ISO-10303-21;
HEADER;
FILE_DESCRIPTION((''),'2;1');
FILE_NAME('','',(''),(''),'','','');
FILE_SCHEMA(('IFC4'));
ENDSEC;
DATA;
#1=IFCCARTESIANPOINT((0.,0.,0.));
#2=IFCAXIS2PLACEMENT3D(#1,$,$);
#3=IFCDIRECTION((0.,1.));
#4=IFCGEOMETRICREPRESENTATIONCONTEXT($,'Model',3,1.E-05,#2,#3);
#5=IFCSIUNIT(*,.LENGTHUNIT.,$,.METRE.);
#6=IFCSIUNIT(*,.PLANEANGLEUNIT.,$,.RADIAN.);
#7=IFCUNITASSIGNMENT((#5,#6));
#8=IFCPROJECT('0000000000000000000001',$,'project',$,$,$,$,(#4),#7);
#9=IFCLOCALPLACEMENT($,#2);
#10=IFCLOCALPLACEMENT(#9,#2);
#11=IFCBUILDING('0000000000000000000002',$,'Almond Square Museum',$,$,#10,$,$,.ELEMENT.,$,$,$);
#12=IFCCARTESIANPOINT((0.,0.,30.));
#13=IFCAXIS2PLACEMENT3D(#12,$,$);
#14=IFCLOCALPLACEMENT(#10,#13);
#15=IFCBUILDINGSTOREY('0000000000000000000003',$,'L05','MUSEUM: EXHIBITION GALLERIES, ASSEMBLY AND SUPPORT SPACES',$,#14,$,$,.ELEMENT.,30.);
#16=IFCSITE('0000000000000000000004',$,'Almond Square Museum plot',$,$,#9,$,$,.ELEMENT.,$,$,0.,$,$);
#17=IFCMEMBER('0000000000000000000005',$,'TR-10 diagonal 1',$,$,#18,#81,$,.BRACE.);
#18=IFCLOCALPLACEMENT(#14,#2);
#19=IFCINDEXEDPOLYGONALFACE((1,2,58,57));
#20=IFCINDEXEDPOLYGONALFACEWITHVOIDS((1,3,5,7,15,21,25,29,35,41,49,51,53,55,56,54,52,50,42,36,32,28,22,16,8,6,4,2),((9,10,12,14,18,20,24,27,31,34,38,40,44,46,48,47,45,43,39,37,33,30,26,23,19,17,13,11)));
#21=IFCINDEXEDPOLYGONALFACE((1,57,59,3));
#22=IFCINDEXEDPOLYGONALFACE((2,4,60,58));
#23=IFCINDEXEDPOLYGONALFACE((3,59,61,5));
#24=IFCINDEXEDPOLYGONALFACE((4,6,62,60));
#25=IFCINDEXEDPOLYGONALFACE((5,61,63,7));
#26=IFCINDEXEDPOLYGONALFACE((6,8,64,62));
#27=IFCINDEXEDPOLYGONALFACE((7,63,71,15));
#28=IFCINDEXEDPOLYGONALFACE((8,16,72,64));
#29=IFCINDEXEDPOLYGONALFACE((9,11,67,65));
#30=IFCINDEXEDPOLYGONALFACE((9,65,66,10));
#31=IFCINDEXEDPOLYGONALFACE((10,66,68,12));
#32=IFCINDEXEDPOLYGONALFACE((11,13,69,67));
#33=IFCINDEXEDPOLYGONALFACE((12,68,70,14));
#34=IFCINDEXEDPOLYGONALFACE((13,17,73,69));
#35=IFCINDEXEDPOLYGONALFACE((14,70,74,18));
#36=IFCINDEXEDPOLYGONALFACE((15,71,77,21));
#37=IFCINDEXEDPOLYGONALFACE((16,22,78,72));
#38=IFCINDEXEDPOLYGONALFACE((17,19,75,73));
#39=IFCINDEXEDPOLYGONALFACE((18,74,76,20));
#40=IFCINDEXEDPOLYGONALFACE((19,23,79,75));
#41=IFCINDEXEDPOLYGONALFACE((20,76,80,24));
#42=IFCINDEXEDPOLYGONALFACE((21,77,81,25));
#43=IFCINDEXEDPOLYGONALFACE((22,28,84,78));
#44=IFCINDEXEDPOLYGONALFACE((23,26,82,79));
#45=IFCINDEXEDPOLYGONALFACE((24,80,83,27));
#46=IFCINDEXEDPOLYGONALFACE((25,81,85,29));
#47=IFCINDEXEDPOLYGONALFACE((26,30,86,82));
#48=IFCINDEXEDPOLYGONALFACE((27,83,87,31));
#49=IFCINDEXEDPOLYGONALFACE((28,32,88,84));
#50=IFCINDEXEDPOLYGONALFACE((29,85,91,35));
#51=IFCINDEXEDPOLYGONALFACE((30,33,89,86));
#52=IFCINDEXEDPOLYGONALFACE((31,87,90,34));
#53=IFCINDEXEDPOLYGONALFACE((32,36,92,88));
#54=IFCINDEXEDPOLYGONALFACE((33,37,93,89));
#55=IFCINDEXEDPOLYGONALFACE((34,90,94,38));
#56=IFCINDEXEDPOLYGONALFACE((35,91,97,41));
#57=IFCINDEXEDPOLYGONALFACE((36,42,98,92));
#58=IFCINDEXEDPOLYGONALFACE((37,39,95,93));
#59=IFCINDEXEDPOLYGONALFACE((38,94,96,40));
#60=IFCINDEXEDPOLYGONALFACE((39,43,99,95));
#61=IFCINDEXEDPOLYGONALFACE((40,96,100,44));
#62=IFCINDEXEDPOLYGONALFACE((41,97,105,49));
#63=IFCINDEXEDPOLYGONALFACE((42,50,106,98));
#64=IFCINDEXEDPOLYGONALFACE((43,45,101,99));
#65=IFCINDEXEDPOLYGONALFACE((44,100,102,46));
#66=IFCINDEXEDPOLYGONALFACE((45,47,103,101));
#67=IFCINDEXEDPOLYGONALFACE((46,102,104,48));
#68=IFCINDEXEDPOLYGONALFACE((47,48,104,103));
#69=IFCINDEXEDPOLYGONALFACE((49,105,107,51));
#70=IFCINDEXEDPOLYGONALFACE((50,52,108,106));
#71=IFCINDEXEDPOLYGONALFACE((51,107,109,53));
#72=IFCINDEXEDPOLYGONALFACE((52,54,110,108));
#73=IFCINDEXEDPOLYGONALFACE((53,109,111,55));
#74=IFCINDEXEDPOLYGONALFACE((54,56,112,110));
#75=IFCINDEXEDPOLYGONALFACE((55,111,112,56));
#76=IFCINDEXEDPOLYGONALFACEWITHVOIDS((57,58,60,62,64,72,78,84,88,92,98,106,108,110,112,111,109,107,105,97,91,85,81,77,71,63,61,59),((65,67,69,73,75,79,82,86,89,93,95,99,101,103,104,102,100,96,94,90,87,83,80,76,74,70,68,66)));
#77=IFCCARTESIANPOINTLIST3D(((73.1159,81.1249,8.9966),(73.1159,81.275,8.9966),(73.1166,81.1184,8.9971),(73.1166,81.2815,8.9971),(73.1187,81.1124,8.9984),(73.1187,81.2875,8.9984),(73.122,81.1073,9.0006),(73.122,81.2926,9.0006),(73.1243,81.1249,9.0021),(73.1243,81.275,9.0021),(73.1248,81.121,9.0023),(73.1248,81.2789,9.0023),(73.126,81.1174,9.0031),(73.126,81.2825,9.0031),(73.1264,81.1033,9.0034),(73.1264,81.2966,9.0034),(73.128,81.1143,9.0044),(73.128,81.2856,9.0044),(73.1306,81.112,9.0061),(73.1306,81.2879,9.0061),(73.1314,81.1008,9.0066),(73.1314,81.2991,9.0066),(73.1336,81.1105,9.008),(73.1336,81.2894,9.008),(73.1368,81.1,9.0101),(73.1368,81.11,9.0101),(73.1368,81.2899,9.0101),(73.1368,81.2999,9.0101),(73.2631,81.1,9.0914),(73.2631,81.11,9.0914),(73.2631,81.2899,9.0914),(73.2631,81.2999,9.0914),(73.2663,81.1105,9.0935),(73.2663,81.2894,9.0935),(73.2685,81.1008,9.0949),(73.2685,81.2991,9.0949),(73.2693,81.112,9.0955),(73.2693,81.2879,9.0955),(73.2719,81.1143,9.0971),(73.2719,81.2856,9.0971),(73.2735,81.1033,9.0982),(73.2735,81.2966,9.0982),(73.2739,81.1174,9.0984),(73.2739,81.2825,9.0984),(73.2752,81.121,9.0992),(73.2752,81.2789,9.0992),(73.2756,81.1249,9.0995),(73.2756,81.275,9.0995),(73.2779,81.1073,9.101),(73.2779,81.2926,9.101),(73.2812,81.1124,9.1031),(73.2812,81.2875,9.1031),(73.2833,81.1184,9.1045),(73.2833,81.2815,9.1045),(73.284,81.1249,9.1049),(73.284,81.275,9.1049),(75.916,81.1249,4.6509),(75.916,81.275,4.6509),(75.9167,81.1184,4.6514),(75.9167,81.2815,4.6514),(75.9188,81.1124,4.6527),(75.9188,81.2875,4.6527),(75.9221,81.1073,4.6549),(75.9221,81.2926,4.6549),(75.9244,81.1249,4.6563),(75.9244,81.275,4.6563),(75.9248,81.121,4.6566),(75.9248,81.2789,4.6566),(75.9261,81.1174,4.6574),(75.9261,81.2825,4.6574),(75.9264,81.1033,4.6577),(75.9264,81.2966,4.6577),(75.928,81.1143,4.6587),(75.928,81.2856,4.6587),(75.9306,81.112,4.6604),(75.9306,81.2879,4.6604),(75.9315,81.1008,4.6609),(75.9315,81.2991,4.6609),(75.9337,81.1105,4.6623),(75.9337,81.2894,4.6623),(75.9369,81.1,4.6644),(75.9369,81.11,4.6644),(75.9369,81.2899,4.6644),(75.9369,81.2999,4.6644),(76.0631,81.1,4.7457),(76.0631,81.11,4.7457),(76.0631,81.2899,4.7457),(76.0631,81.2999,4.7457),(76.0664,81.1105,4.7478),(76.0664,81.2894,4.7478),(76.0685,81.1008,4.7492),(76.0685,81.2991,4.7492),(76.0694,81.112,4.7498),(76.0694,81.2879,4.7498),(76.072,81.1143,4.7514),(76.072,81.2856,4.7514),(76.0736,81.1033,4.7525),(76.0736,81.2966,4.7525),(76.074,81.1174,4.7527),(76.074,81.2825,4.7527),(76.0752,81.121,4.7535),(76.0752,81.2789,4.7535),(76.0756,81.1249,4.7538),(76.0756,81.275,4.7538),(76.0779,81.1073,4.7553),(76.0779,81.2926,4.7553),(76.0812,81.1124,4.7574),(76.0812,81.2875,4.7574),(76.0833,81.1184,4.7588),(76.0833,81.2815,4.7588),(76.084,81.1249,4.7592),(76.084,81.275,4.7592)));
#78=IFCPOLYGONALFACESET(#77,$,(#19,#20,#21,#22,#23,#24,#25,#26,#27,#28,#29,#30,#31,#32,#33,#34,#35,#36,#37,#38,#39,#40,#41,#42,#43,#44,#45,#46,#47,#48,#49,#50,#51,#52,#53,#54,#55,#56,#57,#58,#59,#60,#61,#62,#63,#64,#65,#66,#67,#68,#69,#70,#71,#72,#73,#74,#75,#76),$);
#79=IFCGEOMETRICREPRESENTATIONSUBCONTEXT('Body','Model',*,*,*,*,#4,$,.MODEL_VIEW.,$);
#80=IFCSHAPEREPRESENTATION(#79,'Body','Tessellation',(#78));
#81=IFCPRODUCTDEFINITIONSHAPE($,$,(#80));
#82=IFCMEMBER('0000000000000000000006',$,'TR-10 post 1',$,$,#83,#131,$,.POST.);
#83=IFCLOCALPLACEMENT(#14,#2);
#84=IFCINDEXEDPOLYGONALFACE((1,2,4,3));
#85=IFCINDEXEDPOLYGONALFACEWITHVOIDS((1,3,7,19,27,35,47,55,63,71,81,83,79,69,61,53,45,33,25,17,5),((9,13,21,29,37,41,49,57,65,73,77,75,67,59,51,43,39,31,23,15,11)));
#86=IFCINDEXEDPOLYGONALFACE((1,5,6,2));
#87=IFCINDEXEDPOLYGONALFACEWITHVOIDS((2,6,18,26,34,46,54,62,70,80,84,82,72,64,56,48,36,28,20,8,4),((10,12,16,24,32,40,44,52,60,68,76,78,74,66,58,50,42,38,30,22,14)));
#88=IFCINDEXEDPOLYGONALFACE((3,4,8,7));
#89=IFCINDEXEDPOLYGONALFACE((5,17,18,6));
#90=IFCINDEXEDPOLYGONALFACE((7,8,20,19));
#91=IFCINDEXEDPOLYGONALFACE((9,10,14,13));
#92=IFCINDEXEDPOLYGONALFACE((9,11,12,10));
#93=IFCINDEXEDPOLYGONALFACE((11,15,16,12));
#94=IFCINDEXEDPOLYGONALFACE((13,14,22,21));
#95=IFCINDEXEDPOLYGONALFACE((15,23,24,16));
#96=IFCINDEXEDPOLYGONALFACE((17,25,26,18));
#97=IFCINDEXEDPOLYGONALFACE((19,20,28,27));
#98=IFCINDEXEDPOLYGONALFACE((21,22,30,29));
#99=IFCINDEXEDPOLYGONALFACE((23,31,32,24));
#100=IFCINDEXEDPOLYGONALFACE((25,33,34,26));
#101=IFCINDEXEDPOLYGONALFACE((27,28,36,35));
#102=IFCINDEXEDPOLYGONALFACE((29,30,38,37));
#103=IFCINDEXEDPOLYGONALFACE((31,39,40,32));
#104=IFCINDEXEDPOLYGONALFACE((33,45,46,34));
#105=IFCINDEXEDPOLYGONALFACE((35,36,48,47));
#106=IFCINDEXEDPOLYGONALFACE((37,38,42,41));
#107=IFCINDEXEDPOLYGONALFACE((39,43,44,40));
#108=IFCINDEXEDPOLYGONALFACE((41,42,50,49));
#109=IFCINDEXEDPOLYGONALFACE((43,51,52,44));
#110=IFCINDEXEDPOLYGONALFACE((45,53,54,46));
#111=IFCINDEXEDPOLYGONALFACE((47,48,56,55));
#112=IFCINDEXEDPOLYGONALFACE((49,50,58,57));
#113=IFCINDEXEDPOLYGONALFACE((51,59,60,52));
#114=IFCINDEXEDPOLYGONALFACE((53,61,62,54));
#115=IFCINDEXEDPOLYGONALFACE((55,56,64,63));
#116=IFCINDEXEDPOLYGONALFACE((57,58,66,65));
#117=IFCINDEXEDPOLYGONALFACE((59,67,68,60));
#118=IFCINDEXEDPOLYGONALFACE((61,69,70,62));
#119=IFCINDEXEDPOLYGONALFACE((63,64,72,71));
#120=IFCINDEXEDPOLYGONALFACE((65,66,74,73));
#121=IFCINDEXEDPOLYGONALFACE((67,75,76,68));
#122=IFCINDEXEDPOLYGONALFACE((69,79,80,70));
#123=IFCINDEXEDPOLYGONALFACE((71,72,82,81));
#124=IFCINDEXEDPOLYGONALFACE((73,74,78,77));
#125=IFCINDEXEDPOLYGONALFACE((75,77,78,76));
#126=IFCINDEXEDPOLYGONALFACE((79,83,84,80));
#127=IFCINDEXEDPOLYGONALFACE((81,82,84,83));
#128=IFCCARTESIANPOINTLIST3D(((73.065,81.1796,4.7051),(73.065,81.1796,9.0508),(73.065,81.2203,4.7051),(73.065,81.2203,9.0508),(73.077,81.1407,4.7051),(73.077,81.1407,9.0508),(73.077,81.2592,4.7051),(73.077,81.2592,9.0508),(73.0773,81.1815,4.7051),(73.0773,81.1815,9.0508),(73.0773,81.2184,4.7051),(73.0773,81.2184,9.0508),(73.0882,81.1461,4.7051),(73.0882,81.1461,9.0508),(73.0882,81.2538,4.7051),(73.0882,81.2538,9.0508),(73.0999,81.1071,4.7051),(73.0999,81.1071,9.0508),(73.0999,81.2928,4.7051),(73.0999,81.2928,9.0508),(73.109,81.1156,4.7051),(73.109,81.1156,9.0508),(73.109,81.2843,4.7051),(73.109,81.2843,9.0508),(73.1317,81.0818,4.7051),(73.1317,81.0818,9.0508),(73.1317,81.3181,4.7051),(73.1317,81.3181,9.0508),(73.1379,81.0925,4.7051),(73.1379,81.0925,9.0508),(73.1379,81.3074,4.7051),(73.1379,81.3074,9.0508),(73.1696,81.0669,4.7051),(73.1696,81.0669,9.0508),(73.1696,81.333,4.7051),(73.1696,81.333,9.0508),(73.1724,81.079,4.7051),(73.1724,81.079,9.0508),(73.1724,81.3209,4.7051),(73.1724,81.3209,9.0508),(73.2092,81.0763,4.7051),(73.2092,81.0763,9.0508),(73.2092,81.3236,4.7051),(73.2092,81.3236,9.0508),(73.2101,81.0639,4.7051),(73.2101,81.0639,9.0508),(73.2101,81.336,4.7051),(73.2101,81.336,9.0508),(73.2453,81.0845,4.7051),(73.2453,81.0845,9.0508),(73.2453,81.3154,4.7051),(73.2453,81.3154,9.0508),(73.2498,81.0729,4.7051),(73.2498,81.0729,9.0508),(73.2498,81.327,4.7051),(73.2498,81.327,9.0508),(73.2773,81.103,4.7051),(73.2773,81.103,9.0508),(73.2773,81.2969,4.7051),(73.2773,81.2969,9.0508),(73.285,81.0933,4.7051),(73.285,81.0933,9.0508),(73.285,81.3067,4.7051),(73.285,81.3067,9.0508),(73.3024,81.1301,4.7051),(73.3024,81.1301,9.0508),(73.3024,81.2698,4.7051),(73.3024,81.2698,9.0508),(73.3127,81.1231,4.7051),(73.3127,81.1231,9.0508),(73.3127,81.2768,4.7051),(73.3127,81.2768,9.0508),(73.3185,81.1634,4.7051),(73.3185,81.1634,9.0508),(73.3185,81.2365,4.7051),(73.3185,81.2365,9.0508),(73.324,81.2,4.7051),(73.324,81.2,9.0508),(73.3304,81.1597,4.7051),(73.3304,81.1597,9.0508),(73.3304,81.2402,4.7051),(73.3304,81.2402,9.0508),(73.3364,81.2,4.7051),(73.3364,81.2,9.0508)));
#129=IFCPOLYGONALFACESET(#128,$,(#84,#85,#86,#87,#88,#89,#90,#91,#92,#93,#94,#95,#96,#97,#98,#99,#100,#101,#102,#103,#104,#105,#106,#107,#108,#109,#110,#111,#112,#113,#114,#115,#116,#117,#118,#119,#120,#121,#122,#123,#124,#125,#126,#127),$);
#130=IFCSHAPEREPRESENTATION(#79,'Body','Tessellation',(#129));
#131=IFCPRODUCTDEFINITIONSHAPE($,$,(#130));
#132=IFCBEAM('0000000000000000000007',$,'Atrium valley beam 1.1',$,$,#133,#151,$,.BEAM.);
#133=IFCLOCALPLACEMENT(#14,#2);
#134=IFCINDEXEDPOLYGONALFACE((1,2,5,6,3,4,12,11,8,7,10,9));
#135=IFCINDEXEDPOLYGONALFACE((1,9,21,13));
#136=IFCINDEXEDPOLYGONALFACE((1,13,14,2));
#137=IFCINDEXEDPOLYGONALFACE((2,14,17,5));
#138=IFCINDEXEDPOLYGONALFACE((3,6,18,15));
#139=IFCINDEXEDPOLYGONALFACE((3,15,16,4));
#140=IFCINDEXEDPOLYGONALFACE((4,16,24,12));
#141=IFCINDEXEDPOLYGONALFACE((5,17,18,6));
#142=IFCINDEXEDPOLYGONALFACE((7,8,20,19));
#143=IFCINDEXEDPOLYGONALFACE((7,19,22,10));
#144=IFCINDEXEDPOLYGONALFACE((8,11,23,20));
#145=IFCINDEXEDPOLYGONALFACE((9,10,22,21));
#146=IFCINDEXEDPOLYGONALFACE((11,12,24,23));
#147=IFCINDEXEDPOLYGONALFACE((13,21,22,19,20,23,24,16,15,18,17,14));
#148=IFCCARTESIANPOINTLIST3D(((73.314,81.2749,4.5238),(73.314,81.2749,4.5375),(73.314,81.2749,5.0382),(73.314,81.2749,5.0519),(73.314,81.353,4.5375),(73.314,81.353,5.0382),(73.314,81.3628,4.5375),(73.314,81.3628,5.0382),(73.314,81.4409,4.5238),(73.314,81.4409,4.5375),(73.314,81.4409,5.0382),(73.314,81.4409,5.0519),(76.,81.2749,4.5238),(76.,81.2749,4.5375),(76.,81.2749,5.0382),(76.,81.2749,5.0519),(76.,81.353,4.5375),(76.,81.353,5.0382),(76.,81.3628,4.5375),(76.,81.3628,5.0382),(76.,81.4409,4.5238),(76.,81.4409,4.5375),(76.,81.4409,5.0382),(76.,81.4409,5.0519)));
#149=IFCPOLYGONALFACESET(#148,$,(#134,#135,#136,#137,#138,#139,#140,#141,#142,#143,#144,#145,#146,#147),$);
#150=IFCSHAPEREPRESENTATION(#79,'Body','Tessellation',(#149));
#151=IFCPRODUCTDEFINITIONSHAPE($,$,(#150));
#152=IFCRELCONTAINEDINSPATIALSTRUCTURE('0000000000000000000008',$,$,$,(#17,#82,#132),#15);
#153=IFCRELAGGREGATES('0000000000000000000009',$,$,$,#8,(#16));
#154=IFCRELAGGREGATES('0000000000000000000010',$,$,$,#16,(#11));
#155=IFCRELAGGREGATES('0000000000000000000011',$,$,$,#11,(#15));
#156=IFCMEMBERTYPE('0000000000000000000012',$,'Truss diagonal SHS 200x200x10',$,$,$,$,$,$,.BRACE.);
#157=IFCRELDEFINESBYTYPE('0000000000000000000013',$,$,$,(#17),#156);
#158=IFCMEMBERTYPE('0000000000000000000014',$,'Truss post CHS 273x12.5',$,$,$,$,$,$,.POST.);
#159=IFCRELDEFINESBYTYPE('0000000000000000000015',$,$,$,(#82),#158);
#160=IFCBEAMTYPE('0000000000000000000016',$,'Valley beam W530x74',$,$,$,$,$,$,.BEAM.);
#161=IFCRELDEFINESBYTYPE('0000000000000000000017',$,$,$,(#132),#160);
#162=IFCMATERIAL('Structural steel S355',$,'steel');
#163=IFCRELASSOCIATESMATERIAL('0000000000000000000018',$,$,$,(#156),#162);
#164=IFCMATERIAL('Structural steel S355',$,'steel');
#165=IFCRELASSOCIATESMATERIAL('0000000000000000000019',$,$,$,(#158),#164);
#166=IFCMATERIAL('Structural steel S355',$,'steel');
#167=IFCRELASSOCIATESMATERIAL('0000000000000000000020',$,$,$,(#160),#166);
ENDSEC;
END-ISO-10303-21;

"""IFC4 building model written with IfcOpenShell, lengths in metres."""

from ifc_helpers import new_model, si_unit, direction, frame, origin, origin_2d, place, context, subcontext, project, spatial, hollow_rectangle, hollow_circle, i_section, extrude, material, material_profile, profile_set, type_object, element, save


model = new_model("IFC4")

# Units and contexts
model_context = context("Model", 3, precision=1e-05, world=origin(), true_north=direction((0.0, 1.0)))
body_context = subcontext(model_context, "Body", "Model", "MODEL_VIEW")
ifc_project = project(units=[si_unit("LENGTHUNIT", "METRE"), si_unit("PLANEANGLEUNIT", "RADIAN")], contexts=[model_context])

# Site, building, storey
site_placement = place(None, origin())
site = spatial("IfcSite", under=ifc_project, at=site_placement, Name="Almond Square Museum plot", CompositionType="ELEMENT", RefElevation=0.0)
building_placement = place(site_placement, origin())
building = spatial("IfcBuilding", under=site, at=building_placement, Name="Almond Square Museum", CompositionType="ELEMENT")
storey_placement = place(building_placement, frame((0.0, 0.0, 30.0)))
storey = spatial("IfcBuildingStorey", under=building, at=storey_placement, Name="L05", Description="MUSEUM: EXHIBITION GALLERIES, ASSEMBLY AND SUPPORT SPACES", CompositionType="ELEMENT", Elevation=30.0)

# Members
ifc_material_1 = material(Name="Structural steel S355", Category="steel")
ifc_material_profile_1 = material_profile(ifc_material_1, hollow_rectangle(XDim=0.2, YDim=0.2, WallThickness=0.01, InnerFilletRadius=0.0149, OuterFilletRadius=0.0249, at=origin_2d()))
ifc_profile_set_1 = profile_set([ifc_material_profile_1], Name="Structural steel S355")
member_type_1 = type_object("IfcMemberType", Name="Truss diagonal SHS 200x200x10", PredefinedType="BRACE", material=ifc_profile_set_1)
member_1_placement = place(storey_placement, frame((73.2, 81.2, 9.0508), z_axis=(0.541631, 0.0, -0.840616), x_axis=(0.0, 1.0, 0.0)))
element("IfcMember", 1, at=member_1_placement, inside=storey, type_object=member_type_1, Name="TR-10 diagonal 1", PredefinedType="BRACE", context=body_context, shape_type="SweptSolid", body=[
    extrude(hollow_rectangle(XDim=0.2, YDim=0.2, WallThickness=0.01, InnerFilletRadius=0.0149, OuterFilletRadius=0.0249, at=origin_2d()), origin(), (0.0, 0.0, 1.0), 5.1697),
])
ifc_material_2 = material(Name="Structural steel S355", Category="steel")
ifc_material_profile_2 = material_profile(ifc_material_2, hollow_circle(Radius=0.1365, WallThickness=0.0125, at=origin_2d()))
ifc_profile_set_2 = profile_set([ifc_material_profile_2], Name="Structural steel S355")
member_type_2 = type_object("IfcMemberType", Name="Truss post CHS 273x12.5", PredefinedType="POST", material=ifc_profile_set_2)
member_2_placement = place(storey_placement, frame((73.2, 81.2, 4.7051), z_axis=(0.0, 0.0, 1.0), x_axis=(1.0, 0.0, 0.0)))
element("IfcMember", 2, at=member_2_placement, inside=storey, type_object=member_type_2, Name="TR-10 post 1", PredefinedType="POST", context=body_context, shape_type="SweptSolid", body=[
    extrude(hollow_circle(Radius=0.1365, WallThickness=0.0125, at=origin_2d()), origin(), (0.0, 0.0, 1.0), 4.3457),
])

# Beam
ifc_material_3 = material(Name="Structural steel S355", Category="steel")
ifc_material_profile_3 = material_profile(ifc_material_3, i_section(OverallWidth=0.166, OverallDepth=0.5281, WebThickness=0.0098, FlangeThickness=0.0137, at=origin_2d()))
ifc_profile_set_3 = profile_set([ifc_material_profile_3], Name="Structural steel S355")
beam_type_1 = type_object("IfcBeamType", Name="Valley beam W530x74", PredefinedType="BEAM", material=ifc_profile_set_3)
beam_1_placement = place(storey_placement, frame((73.314, 81.3579, 4.7878), z_axis=(1.0, 0.0, 0.0), x_axis=(0.0, 1.0, 0.0)))
element("IfcBeam", 3, at=beam_1_placement, inside=storey, type_object=beam_type_1, Name="Atrium valley beam 1.1", PredefinedType="BEAM", context=body_context, shape_type="SweptSolid", body=[
    extrude(i_section(OverallWidth=0.166, OverallDepth=0.5281, WebThickness=0.0098, FlangeThickness=0.0137, at=origin_2d()), origin(), (0.0, 0.0, 1.0), 2.686),
])

save(model, "model.ifc")
